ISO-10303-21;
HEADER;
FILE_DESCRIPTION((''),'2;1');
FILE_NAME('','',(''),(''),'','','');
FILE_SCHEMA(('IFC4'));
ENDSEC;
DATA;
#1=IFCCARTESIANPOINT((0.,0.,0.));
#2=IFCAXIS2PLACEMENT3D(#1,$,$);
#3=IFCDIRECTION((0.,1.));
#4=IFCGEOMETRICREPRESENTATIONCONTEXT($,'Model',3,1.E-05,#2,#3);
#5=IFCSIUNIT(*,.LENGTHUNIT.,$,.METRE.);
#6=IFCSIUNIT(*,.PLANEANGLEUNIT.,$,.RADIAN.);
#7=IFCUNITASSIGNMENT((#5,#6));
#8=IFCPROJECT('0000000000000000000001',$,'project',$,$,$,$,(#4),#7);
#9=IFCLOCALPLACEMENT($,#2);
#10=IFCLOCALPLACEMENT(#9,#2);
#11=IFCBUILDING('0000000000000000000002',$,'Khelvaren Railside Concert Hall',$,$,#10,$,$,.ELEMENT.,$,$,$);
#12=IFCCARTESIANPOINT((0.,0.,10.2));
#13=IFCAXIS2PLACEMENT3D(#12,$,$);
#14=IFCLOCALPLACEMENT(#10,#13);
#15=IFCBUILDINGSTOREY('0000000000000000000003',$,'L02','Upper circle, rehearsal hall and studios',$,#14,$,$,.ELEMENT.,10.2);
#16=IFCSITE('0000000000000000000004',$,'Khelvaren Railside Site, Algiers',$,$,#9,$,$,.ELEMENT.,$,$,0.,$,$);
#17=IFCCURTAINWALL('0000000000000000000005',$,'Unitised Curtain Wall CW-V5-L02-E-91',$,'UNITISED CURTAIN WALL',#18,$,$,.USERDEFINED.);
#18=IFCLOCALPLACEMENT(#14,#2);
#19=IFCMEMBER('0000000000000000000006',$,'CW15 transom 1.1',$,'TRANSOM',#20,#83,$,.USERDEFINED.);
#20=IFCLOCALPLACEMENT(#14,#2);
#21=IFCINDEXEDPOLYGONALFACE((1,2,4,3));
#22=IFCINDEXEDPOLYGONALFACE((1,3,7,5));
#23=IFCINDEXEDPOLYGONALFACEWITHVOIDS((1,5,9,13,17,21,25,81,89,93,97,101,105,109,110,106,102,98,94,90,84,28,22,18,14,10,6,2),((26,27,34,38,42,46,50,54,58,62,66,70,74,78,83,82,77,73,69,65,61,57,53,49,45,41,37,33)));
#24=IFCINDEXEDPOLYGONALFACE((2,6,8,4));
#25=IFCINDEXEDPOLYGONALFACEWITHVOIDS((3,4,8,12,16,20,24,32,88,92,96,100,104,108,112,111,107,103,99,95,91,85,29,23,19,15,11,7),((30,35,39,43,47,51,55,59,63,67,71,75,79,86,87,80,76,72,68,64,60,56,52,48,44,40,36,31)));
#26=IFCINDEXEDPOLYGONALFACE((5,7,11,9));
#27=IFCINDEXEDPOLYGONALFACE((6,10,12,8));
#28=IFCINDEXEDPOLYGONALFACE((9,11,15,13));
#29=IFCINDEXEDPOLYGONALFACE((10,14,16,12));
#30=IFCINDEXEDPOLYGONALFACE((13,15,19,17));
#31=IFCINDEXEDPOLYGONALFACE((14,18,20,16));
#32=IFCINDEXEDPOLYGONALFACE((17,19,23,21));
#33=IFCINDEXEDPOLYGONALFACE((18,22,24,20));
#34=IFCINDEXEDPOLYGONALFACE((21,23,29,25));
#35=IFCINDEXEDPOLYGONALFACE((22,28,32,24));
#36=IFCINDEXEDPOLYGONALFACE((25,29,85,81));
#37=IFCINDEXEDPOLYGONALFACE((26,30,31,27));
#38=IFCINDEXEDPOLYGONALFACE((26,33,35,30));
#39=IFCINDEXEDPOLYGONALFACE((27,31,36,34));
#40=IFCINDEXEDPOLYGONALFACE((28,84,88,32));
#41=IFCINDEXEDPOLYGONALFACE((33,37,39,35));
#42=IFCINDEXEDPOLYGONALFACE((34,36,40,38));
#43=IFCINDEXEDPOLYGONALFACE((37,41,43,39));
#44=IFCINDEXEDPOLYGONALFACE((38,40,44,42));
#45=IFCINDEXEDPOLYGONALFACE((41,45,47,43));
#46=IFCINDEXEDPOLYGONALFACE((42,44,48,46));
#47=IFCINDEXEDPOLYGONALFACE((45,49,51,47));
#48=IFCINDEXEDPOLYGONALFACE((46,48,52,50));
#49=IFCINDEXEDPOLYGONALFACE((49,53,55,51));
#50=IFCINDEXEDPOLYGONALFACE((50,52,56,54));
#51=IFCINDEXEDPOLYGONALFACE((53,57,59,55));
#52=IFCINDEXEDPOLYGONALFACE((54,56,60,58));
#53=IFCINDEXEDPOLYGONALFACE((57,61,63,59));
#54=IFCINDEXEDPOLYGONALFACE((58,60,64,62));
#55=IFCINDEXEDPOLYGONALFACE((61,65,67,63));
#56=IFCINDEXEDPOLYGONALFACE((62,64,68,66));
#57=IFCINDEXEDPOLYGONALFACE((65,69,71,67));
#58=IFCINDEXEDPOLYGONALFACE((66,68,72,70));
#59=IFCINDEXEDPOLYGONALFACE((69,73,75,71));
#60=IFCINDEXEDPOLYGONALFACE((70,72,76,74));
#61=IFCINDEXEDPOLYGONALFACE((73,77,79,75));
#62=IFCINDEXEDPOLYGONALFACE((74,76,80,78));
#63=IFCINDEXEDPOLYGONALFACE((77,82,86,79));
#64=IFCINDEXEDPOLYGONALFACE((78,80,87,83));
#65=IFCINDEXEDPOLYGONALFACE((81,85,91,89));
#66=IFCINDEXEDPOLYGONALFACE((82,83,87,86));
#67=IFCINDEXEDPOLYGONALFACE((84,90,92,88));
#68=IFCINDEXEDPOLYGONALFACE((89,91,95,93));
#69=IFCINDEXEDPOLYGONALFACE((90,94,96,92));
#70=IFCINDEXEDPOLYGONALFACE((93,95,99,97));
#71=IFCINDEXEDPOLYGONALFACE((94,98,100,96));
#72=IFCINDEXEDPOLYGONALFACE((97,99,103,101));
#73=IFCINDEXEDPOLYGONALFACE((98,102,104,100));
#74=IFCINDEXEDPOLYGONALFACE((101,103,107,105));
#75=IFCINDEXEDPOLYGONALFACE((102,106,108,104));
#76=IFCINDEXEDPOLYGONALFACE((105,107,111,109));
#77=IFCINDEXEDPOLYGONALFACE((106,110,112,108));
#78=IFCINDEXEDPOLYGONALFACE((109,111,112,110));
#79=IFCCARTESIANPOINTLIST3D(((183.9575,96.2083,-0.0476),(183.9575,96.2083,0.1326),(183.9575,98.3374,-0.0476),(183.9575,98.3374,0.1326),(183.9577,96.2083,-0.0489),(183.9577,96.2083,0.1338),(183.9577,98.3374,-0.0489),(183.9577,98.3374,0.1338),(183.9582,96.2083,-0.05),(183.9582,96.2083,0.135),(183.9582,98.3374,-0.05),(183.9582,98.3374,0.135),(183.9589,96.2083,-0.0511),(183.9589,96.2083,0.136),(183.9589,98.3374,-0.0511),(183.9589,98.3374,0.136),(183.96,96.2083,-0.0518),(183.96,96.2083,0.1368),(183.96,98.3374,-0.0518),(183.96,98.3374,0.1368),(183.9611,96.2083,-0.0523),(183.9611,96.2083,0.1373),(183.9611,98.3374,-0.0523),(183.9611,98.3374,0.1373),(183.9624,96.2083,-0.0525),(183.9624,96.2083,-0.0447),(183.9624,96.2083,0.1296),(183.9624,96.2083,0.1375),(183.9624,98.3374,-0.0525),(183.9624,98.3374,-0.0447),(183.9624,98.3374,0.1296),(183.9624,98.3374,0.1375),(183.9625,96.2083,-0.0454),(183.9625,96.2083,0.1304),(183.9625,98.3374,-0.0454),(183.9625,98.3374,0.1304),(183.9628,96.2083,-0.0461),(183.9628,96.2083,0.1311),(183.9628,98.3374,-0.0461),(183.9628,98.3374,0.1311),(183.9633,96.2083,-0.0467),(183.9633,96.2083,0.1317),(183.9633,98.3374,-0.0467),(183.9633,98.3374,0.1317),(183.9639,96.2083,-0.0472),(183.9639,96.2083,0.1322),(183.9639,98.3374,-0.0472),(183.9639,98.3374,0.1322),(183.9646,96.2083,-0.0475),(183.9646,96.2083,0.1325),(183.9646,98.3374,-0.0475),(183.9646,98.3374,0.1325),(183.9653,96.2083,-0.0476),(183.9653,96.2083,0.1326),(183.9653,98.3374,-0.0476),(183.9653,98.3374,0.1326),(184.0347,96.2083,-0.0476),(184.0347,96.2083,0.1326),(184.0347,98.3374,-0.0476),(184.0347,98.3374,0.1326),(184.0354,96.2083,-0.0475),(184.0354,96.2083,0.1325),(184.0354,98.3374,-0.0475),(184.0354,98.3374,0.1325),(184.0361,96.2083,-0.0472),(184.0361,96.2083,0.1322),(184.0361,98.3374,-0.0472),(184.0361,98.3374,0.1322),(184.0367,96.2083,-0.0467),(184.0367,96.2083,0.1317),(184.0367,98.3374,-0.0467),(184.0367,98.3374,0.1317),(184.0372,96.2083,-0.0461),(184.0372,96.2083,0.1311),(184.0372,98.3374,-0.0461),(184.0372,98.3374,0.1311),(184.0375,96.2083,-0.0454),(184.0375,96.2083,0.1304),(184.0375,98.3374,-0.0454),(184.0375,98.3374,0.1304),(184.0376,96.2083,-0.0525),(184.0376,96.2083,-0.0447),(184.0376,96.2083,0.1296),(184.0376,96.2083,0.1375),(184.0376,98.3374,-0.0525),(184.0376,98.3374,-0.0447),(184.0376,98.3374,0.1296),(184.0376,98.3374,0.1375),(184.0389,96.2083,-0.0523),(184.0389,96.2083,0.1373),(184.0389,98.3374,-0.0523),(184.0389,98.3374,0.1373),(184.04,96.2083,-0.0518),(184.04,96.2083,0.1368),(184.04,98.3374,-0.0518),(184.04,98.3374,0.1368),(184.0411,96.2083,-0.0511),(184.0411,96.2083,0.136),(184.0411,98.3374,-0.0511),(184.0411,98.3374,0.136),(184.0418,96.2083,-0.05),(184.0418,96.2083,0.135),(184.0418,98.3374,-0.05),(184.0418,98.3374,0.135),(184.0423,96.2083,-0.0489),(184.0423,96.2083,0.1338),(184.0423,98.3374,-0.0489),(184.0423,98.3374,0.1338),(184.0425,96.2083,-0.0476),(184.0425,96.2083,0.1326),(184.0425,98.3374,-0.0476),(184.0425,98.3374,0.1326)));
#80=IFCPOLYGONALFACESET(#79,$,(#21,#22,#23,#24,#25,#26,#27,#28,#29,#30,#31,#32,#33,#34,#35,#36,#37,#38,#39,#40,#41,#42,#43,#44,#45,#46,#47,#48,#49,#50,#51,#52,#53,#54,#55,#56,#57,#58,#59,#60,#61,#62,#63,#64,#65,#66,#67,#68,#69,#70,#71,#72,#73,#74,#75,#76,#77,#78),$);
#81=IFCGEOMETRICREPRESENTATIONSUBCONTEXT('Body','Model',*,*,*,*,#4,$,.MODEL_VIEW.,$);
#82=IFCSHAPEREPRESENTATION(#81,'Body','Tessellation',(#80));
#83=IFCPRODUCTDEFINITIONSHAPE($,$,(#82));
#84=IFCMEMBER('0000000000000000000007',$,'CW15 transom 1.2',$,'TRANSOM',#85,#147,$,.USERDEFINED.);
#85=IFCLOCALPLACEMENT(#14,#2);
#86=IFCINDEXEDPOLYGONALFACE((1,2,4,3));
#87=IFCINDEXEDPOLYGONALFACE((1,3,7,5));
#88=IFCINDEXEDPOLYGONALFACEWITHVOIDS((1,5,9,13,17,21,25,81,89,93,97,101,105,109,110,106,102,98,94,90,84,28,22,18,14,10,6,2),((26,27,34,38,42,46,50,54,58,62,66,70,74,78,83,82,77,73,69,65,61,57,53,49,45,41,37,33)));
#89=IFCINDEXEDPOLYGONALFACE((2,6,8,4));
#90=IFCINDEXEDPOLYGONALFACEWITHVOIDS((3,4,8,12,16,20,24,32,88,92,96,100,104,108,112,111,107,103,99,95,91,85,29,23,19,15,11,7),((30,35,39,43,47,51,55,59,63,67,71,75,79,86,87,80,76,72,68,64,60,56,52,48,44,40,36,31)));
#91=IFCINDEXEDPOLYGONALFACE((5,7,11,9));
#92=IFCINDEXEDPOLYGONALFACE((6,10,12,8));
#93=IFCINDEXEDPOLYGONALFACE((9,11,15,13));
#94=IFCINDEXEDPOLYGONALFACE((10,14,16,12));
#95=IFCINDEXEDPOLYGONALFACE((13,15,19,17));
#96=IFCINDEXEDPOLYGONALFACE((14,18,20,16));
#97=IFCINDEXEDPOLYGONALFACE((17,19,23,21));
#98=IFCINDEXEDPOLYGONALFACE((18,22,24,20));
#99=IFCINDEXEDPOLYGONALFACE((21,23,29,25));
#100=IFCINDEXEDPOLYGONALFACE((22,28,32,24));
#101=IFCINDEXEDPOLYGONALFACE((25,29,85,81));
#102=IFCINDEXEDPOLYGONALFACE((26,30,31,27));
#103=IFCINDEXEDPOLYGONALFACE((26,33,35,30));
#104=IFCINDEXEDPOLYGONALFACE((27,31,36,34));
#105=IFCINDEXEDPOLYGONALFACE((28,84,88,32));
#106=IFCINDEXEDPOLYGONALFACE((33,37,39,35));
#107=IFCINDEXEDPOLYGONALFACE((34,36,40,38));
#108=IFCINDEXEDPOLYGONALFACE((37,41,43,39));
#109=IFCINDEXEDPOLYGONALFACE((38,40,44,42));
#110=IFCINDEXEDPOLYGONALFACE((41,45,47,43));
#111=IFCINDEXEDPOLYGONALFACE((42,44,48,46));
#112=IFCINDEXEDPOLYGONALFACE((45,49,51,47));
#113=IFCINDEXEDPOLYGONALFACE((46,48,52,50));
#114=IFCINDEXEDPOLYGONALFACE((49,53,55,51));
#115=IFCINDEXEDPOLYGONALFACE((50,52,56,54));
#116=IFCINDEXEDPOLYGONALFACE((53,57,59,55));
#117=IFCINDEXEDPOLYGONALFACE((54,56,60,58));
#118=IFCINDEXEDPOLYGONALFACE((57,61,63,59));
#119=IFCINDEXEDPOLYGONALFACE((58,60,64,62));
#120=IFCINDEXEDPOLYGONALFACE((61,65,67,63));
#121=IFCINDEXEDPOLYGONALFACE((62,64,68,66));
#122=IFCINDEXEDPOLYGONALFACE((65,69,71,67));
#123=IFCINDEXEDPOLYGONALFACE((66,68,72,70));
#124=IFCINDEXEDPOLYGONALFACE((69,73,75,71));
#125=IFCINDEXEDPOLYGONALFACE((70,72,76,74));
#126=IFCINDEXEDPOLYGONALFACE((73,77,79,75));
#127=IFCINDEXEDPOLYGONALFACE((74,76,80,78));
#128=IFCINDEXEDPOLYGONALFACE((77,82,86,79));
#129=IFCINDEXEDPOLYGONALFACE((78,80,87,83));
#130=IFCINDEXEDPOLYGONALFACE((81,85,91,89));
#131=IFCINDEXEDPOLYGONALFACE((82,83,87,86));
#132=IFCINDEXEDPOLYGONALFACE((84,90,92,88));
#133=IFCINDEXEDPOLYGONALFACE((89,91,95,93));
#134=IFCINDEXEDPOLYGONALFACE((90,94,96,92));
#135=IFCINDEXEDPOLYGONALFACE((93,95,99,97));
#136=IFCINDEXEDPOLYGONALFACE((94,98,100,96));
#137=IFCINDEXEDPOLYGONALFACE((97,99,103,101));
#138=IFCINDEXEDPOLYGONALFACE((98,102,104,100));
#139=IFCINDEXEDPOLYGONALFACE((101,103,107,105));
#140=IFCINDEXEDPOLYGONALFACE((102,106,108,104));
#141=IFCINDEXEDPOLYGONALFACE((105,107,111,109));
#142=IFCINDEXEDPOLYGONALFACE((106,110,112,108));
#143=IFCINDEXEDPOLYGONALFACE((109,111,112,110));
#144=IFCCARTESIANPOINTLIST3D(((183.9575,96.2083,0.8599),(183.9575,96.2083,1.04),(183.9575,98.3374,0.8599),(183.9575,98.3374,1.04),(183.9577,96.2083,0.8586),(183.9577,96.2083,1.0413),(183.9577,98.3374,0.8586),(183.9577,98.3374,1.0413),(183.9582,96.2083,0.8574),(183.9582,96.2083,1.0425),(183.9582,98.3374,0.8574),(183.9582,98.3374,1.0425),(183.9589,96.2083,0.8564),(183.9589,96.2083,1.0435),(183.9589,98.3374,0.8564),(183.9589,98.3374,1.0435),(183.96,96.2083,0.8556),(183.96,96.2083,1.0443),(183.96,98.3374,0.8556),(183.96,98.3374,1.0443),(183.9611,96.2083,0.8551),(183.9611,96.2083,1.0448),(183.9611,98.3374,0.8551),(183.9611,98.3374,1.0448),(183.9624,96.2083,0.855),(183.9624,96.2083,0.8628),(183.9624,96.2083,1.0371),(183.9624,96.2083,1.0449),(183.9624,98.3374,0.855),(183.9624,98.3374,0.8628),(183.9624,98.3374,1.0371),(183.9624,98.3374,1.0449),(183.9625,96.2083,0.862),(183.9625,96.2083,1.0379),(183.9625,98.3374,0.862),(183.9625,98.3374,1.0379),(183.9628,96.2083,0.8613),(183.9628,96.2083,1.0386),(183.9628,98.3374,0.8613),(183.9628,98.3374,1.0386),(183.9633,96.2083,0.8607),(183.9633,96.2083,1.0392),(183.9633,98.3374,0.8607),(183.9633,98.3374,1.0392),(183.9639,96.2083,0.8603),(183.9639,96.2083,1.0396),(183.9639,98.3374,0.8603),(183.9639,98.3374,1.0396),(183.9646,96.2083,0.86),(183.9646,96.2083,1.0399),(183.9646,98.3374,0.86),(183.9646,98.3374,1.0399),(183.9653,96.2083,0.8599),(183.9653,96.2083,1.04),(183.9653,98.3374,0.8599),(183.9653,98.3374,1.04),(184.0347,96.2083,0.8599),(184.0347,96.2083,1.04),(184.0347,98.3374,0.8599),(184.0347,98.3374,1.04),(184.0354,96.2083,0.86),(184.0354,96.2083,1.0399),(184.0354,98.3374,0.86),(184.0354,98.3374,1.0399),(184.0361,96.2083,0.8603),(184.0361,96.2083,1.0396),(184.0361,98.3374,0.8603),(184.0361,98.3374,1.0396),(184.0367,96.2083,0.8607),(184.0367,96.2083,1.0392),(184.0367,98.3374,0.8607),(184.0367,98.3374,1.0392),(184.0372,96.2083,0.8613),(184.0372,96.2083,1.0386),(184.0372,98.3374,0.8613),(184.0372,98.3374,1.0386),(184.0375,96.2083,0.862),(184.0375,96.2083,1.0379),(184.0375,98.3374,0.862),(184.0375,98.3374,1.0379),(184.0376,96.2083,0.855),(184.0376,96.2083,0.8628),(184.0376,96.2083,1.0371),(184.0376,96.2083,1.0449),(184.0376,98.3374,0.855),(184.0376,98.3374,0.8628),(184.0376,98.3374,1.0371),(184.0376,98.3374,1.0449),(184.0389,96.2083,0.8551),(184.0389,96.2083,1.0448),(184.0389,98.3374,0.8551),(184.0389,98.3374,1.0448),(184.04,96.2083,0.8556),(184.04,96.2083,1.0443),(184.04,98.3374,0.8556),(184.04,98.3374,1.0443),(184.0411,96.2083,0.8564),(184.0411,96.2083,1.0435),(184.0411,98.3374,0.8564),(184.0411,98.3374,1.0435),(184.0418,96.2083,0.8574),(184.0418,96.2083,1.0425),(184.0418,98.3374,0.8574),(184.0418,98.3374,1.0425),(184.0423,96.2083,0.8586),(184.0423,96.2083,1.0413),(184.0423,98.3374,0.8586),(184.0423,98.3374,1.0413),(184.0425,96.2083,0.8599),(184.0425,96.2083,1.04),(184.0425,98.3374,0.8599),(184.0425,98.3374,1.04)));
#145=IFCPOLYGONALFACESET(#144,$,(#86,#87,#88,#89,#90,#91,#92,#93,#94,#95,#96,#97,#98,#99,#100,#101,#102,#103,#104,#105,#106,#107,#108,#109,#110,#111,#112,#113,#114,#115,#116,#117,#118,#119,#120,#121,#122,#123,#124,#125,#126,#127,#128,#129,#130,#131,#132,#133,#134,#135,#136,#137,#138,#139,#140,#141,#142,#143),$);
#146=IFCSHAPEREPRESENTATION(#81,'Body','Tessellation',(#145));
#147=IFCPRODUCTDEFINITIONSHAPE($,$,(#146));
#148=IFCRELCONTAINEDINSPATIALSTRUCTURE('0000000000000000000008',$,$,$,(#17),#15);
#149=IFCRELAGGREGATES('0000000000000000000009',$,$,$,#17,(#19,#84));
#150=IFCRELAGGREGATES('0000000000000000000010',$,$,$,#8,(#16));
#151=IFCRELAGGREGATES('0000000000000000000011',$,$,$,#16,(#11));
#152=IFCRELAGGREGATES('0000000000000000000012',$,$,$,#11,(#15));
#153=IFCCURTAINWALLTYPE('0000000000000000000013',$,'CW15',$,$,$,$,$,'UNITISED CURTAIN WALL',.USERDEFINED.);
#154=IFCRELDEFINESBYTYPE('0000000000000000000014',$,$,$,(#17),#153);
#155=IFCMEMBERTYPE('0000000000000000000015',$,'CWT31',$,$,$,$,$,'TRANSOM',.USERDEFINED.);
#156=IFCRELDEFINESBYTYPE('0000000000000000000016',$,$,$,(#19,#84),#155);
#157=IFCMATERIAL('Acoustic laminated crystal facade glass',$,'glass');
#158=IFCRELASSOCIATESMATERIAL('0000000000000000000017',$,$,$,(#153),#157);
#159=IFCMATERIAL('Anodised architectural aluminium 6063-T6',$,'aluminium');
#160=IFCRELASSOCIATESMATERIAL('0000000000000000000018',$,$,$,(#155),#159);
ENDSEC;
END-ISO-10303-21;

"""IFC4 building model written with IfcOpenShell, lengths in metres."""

from ifc_helpers import new_model, si_unit, direction, frame, origin, origin_2d, place, context, subcontext, project, spatial, hollow_rectangle, extrude, material, material_profile, profile_set, type_object, element, aggregate, save


model = new_model("IFC4")

# Units and contexts
model_context = context("Model", 3, precision=1e-05, world=origin(), true_north=direction((0.0, 1.0)))
body_context = subcontext(model_context, "Body", "Model", "MODEL_VIEW")
ifc_project = project(units=[si_unit("LENGTHUNIT", "METRE"), si_unit("PLANEANGLEUNIT", "RADIAN")], contexts=[model_context])

# Site, building, storey
site_placement = place(None, origin())
site = spatial("IfcSite", under=ifc_project, at=site_placement, Name="Khelvaren Railside Site, Algiers", CompositionType="ELEMENT", RefElevation=0.0)
building_placement = place(site_placement, origin())
building = spatial("IfcBuilding", under=site, at=building_placement, Name="Khelvaren Railside Concert Hall", CompositionType="ELEMENT")
storey_placement = place(building_placement, frame((0.0, 0.0, 10.2)))
storey = spatial("IfcBuildingStorey", under=building, at=storey_placement, Name="L02", Description="Upper circle, rehearsal hall and studios", CompositionType="ELEMENT", Elevation=10.2)

# Curtain wall
ifc_material_1 = material(Name="Acoustic laminated crystal facade glass", Category="glass")
curtain_wall_type_1 = type_object("IfcCurtainWallType", Name="CW15", ElementType="UNITISED CURTAIN WALL", PredefinedType="USERDEFINED", material=ifc_material_1)
curtain_wall_1_placement = place(storey_placement, origin())
curtain_wall_1 = element("IfcCurtainWall", 1, at=curtain_wall_1_placement, inside=storey, type_object=curtain_wall_type_1, Name="Unitised Curtain Wall CW-V5-L02-E-91", ObjectType="UNITISED CURTAIN WALL", PredefinedType="USERDEFINED")
ifc_material_2 = material(Name="Anodised architectural aluminium 6063-T6", Category="aluminium")

# Members
ifc_material_profile_1 = material_profile(ifc_material_2, hollow_rectangle(XDim=0.085, YDim=0.1899, WallThickness=0.0049, InnerFilletRadius=0.0029, OuterFilletRadius=0.0049, at=origin_2d()), Name="CWT 85x190x5")
ifc_profile_set_1 = profile_set([ifc_material_profile_1], Name="Anodised architectural aluminium 6063-T6")
member_type_1 = type_object("IfcMemberType", Name="CWT31", ElementType="TRANSOM", PredefinedType="USERDEFINED", material=ifc_profile_set_1)
member_1_placement = place(storey_placement, frame((184.0, 98.3374, 0.0425), z_axis=(0.0, -1.0, 0.0), x_axis=(1.0, 0.0, 0.0)))
member_1 = element("IfcMember", 2, at=member_1_placement, type_object=member_type_1, Name="CW15 transom 1.1", ObjectType="TRANSOM", PredefinedType="USERDEFINED", context=body_context, shape_type="SweptSolid", body=[
    extrude(hollow_rectangle(XDim=0.085, YDim=0.1899, WallThickness=0.0049, InnerFilletRadius=0.0029, OuterFilletRadius=0.0049, at=origin_2d()), origin(), (0.0, 0.0, 1.0), 2.1292),
])
member_2_placement = place(storey_placement, frame((184.0, 98.3374, 0.95), z_axis=(0.0, -1.0, 0.0), x_axis=(1.0, 0.0, 0.0)))
member_2 = element("IfcMember", 3, at=member_2_placement, type_object=member_type_1, Name="CW15 transom 1.2", ObjectType="TRANSOM", PredefinedType="USERDEFINED", context=body_context, shape_type="SweptSolid", body=[
    extrude(hollow_rectangle(XDim=0.085, YDim=0.1899, WallThickness=0.0049, InnerFilletRadius=0.0029, OuterFilletRadius=0.0049, at=origin_2d()), origin(), (0.0, 0.0, 1.0), 2.1292),
])

aggregate(curtain_wall_1, [member_1, member_2])

save(model, "model.ifc")
